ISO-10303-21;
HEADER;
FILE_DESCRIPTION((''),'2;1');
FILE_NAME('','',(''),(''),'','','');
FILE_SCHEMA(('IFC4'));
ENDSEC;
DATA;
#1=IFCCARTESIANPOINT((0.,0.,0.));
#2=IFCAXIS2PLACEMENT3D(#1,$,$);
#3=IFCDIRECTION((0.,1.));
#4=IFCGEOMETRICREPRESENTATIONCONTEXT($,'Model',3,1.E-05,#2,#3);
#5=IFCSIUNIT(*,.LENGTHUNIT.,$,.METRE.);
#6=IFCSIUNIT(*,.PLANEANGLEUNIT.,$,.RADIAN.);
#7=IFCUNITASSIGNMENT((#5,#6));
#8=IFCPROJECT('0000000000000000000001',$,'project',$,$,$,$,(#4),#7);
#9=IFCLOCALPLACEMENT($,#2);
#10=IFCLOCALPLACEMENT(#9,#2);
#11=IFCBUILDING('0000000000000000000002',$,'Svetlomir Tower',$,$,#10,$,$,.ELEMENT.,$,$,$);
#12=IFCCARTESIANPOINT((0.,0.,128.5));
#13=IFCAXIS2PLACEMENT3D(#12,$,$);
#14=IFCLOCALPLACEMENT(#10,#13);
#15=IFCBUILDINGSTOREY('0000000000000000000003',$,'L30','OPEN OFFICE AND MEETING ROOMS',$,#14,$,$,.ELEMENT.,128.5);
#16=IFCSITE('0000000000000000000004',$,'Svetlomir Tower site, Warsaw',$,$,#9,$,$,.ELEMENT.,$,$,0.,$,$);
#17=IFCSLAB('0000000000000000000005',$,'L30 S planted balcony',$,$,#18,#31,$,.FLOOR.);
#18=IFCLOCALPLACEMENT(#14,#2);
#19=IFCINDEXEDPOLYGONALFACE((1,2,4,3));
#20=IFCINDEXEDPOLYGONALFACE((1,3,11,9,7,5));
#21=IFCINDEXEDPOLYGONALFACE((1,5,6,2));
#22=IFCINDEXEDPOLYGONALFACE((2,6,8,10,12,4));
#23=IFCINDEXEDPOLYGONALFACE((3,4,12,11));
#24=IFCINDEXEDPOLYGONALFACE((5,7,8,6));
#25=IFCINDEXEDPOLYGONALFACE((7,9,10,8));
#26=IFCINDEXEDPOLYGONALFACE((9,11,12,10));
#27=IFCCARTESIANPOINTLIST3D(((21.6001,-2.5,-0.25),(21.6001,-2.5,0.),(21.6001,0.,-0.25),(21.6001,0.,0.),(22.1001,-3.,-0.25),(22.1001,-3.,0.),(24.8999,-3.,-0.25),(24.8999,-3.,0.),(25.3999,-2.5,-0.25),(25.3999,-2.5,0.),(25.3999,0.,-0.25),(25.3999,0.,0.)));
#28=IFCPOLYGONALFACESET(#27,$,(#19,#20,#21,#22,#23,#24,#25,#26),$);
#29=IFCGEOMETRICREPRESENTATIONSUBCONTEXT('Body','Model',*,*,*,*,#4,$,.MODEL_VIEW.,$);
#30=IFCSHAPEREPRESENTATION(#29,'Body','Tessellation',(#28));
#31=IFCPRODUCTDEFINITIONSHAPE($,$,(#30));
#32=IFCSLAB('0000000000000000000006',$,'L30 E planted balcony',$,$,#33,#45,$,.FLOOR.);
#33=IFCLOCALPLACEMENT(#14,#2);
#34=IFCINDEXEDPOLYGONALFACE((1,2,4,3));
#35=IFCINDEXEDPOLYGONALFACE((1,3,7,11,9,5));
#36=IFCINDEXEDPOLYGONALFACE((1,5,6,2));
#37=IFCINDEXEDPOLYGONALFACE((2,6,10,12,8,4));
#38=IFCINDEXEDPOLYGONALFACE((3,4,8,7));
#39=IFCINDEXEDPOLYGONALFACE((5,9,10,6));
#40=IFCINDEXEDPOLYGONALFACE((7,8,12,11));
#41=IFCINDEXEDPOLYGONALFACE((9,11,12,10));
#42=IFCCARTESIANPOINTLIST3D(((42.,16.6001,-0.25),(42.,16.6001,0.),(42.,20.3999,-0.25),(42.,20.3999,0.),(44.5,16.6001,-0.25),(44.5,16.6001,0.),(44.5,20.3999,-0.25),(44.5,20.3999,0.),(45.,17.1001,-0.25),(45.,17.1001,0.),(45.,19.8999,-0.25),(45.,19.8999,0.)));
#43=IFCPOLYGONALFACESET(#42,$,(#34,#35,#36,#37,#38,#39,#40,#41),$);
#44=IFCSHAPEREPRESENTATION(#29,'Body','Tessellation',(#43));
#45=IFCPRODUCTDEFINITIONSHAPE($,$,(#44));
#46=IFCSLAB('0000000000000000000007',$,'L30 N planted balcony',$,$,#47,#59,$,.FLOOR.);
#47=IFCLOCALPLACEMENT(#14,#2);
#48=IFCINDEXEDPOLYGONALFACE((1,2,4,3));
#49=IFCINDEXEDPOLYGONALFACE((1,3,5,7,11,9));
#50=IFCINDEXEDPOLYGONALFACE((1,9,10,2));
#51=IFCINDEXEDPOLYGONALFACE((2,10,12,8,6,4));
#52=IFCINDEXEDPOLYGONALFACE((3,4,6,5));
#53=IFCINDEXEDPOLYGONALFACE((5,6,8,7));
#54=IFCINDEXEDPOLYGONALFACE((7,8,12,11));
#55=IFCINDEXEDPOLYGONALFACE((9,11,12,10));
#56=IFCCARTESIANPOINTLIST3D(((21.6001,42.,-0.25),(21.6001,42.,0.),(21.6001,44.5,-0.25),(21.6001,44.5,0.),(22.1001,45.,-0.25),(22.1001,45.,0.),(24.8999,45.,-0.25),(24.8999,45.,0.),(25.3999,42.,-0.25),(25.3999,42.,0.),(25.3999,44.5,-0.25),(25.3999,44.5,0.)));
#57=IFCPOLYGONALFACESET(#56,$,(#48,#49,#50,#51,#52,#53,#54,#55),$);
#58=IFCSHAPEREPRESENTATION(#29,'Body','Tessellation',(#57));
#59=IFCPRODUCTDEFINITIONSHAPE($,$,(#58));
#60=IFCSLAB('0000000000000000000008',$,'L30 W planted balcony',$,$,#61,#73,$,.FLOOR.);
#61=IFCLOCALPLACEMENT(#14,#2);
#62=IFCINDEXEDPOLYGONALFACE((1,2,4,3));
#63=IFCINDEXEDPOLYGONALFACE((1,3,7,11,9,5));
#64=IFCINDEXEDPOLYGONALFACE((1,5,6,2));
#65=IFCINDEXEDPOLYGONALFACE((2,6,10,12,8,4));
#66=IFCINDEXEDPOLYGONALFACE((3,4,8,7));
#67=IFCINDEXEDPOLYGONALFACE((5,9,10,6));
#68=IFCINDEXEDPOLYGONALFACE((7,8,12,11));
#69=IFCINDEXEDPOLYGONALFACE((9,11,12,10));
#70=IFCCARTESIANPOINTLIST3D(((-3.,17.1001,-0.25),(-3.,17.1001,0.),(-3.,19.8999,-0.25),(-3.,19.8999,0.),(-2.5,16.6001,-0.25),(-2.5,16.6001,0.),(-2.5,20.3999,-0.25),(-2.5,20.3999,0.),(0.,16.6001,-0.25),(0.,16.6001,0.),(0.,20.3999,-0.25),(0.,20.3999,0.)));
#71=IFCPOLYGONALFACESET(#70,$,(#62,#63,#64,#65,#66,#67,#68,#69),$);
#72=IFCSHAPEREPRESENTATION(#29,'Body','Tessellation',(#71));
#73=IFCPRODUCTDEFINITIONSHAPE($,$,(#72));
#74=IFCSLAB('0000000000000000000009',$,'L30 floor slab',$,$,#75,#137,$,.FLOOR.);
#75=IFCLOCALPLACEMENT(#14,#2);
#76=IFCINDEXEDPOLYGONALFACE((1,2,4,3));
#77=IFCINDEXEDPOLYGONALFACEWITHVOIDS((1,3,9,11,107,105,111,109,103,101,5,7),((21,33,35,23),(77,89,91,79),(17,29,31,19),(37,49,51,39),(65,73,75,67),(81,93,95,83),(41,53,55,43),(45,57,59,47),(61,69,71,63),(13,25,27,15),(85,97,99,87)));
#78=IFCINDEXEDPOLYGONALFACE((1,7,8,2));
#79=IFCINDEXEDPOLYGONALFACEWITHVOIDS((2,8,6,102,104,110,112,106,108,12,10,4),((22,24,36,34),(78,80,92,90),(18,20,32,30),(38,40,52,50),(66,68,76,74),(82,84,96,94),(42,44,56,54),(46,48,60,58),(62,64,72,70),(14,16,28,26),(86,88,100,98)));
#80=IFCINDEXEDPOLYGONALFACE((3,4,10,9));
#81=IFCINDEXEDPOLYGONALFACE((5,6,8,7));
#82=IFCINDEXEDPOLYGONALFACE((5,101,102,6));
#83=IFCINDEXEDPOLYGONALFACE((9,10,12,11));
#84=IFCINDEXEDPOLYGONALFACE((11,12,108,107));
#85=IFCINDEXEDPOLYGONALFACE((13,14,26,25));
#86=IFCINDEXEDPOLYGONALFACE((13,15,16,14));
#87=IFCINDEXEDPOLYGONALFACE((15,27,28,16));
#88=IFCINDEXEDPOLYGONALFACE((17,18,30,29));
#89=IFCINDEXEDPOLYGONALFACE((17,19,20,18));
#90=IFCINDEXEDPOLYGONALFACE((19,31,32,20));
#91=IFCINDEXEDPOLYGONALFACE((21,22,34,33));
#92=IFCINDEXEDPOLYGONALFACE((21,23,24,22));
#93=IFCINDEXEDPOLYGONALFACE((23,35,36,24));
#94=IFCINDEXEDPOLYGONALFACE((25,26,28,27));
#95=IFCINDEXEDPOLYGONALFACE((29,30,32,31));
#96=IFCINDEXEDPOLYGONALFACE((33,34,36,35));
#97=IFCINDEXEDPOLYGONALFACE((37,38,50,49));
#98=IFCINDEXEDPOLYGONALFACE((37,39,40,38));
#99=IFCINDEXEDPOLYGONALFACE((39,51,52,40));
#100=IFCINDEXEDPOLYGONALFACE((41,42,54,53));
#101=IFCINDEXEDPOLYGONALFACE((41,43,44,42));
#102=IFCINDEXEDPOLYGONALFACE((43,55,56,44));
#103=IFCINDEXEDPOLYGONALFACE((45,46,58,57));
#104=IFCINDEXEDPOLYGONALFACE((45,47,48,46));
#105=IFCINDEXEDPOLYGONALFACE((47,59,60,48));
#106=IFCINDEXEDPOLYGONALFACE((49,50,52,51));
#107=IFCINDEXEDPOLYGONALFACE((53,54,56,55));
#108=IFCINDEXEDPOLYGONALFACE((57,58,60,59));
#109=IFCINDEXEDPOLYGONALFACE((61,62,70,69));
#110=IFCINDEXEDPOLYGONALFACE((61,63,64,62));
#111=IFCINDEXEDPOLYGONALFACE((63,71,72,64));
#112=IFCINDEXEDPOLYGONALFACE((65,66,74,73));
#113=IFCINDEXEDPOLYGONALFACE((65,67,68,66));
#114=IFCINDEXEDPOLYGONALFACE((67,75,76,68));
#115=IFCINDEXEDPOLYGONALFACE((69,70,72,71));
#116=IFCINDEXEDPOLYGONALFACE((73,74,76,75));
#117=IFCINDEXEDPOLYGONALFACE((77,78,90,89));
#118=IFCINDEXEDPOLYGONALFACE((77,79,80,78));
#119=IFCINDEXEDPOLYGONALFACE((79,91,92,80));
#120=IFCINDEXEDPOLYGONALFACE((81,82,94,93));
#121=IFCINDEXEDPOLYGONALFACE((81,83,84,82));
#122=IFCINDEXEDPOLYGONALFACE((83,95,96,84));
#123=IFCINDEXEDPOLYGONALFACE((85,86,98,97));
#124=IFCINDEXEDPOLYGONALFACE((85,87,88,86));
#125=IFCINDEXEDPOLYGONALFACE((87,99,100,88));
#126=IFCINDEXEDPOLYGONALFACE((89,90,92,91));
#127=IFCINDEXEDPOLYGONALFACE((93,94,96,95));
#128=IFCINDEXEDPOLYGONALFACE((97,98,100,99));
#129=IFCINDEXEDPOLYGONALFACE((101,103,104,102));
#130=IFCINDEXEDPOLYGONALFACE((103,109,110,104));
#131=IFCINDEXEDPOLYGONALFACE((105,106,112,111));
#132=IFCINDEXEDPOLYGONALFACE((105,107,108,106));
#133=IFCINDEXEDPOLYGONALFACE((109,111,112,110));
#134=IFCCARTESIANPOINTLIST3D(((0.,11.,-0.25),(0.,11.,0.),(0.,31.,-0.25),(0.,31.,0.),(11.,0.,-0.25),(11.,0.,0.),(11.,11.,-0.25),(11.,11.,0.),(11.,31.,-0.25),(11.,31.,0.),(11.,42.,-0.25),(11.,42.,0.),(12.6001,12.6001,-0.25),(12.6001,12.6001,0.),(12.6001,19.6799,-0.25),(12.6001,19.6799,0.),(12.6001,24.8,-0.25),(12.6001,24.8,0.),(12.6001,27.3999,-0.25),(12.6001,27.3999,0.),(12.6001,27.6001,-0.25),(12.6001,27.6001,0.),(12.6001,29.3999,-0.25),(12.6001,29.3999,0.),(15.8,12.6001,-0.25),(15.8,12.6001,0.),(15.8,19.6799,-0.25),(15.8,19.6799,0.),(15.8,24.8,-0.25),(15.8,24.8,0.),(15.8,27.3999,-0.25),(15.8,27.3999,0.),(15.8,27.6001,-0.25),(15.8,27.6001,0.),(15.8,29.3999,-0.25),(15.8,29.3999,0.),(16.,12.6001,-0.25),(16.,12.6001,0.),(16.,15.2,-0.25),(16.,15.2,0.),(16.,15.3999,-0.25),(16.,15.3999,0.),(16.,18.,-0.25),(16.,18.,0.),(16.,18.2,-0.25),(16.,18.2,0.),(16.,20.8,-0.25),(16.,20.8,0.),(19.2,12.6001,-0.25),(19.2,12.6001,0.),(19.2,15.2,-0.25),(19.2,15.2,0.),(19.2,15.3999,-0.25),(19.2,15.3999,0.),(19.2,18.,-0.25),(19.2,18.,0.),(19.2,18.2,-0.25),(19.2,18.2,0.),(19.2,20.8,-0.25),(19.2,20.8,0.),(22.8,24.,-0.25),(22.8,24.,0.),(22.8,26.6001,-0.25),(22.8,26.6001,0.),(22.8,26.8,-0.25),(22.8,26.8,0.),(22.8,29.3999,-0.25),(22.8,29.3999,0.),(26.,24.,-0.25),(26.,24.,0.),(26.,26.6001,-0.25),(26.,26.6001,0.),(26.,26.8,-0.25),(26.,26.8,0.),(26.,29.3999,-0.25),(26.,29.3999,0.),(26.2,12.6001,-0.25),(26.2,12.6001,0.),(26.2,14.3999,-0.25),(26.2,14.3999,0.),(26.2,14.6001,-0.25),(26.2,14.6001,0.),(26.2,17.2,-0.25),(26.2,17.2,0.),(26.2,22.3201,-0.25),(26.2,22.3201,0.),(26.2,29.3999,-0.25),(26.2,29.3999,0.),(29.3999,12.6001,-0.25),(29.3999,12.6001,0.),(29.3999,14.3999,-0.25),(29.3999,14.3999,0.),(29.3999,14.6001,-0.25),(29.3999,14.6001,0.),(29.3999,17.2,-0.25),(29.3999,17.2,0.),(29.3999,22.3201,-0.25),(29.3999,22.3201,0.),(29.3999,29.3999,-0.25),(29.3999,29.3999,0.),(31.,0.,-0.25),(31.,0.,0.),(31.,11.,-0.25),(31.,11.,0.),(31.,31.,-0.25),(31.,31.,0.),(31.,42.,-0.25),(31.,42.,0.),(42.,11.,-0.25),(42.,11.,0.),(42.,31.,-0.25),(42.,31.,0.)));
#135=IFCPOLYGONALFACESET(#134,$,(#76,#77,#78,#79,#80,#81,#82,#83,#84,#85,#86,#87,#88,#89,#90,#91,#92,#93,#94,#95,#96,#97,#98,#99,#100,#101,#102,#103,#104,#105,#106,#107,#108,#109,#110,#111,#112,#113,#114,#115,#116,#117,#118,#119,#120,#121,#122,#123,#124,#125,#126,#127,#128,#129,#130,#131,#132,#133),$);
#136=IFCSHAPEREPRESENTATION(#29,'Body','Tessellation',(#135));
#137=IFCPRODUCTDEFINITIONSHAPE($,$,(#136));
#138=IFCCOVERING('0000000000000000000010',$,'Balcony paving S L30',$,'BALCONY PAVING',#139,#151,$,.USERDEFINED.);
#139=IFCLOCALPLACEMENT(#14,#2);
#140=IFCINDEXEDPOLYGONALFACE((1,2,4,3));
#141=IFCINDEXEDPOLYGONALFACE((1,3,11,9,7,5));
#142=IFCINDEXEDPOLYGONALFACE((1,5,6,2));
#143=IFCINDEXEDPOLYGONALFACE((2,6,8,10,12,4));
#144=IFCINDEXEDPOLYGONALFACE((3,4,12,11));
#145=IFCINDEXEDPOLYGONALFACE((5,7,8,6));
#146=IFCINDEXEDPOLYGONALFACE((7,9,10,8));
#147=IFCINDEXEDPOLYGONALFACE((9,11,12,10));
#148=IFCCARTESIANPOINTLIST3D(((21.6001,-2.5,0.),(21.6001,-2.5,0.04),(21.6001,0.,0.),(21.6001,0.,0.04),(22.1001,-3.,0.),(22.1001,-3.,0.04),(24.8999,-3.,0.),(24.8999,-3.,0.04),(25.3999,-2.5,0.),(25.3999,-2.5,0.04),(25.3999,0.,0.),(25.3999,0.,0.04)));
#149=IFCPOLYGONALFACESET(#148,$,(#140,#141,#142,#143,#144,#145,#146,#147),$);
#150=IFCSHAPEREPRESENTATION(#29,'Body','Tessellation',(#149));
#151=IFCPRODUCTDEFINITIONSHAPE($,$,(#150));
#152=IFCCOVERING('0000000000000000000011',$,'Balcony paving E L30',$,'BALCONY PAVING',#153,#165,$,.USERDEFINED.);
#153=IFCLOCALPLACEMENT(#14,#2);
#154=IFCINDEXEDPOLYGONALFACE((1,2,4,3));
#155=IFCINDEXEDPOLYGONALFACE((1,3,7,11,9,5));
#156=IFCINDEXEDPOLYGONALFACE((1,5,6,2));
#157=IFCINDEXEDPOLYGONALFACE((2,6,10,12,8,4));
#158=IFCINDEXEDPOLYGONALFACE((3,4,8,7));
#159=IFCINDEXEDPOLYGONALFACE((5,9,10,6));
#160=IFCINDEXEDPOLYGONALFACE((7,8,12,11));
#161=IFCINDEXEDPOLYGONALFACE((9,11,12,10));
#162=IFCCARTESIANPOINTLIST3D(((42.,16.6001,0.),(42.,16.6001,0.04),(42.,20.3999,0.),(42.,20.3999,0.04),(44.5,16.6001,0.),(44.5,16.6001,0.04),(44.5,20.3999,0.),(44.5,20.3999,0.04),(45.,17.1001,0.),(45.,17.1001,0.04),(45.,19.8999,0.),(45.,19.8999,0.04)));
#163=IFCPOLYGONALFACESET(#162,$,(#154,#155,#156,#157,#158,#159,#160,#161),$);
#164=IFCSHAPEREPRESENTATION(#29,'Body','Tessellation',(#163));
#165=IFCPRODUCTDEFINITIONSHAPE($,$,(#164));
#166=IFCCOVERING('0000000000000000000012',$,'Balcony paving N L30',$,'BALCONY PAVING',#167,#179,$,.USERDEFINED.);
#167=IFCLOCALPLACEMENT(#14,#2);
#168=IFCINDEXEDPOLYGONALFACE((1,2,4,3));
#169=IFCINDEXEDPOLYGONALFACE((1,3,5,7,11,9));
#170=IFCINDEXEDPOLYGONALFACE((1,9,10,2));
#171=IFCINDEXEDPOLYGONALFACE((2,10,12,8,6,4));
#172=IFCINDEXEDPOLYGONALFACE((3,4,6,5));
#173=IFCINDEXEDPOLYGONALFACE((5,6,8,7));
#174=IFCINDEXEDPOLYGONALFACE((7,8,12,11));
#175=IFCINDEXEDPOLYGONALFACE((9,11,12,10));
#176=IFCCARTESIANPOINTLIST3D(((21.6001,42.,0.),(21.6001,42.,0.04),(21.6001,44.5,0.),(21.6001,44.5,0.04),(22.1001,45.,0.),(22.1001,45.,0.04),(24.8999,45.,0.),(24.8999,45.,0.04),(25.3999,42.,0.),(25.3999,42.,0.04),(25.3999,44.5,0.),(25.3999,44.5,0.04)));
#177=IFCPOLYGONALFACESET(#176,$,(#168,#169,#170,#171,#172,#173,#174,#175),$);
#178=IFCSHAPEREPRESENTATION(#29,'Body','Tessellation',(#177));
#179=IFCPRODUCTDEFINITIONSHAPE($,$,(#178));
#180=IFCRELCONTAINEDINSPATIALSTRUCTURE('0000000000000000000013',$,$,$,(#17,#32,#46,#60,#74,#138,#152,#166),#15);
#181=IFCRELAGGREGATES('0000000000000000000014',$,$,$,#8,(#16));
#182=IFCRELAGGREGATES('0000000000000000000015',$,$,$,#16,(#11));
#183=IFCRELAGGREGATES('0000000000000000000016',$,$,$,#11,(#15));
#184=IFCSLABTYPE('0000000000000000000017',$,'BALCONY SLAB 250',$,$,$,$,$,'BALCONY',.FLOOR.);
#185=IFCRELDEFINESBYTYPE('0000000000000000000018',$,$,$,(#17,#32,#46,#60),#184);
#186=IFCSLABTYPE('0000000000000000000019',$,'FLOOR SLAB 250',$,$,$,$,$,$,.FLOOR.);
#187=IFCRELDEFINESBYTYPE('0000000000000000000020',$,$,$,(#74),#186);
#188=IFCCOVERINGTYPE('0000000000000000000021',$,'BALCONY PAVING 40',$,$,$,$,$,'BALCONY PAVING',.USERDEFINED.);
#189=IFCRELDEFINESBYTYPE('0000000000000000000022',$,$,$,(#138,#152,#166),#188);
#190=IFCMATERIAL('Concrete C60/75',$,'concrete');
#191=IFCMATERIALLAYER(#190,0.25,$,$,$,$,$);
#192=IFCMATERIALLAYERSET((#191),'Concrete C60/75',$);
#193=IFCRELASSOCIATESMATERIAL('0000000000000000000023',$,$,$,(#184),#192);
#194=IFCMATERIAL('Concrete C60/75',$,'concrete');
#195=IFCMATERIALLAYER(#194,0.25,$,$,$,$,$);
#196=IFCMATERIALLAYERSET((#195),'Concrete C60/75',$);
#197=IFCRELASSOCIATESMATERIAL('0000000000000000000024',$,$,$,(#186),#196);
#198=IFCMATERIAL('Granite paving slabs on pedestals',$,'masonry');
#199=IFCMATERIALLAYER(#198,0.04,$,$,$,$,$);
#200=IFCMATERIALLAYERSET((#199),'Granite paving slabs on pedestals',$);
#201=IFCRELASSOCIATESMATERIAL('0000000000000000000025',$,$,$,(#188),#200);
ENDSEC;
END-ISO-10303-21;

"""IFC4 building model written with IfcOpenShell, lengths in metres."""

from ifc_helpers import new_model, si_unit, direction, frame, origin, place, context, subcontext, project, spatial, polyline, outline, extrude, material, layer, layer_set, type_object, element, save


model = new_model("IFC4")

# Units and contexts
model_context = context("Model", 3, precision=1e-05, world=origin(), true_north=direction((0.0, 1.0)))
body_context = subcontext(model_context, "Body", "Model", "MODEL_VIEW")
ifc_project = project(units=[si_unit("LENGTHUNIT", "METRE"), si_unit("PLANEANGLEUNIT", "RADIAN")], contexts=[model_context])

# Site, building, storey
site_placement = place(None, origin())
site = spatial("IfcSite", under=ifc_project, at=site_placement, Name="Svetlomir Tower site, Warsaw", CompositionType="ELEMENT", RefElevation=0.0)
building_placement = place(site_placement, origin())
building = spatial("IfcBuilding", under=site, at=building_placement, Name="Svetlomir Tower", CompositionType="ELEMENT")
storey_placement = place(building_placement, frame((0.0, 0.0, 128.5)))
storey = spatial("IfcBuildingStorey", under=building, at=storey_placement, Name="L30", Description="OPEN OFFICE AND MEETING ROOMS", CompositionType="ELEMENT", Elevation=128.5)

# Slabs
ifc_material_1 = material(Name="Concrete C60/75", Category="concrete")
ifc_layer_1 = layer(ifc_material_1, 0.25)
ifc_layer_set_1 = layer_set([ifc_layer_1], Name="Concrete C60/75")
slab_type_1 = type_object("IfcSlabType", Name="BALCONY SLAB 250", ElementType="BALCONY", PredefinedType="FLOOR", material=ifc_layer_set_1)
slab_1_placement = place(storey_placement, frame((0.0, 0.0, -0.25)))
element("IfcSlab", 1, at=slab_1_placement, inside=storey, type_object=slab_type_1, Name="L30 S planted balcony", PredefinedType="FLOOR", context=body_context, shape_type="SweptSolid", body=[
    extrude(outline(polyline([(21.6001, -2.5), (22.1001, -3.0), (24.8999, -3.0), (25.3999, -2.5), (25.3999, 0.0), (21.6001, 0.0), (21.6001, -2.5)])), origin(), (0.0, 0.0, 1.0), 0.25),
])
slab_2_placement = place(storey_placement, frame((0.0, 0.0, -0.25)))
element("IfcSlab", 2, at=slab_2_placement, inside=storey, type_object=slab_type_1, Name="L30 E planted balcony", PredefinedType="FLOOR", context=body_context, shape_type="SweptSolid", body=[
    extrude(outline(polyline([(42.0, 16.6001), (44.5, 16.6001), (45.0, 17.1001), (45.0, 19.8999), (44.5, 20.3999), (42.0, 20.3999), (42.0, 16.6001)])), origin(), (0.0, 0.0, 1.0), 0.25),
])
slab_3_placement = place(storey_placement, frame((0.0, 0.0, -0.25)))
element("IfcSlab", 3, at=slab_3_placement, inside=storey, type_object=slab_type_1, Name="L30 N planted balcony", PredefinedType="FLOOR", context=body_context, shape_type="SweptSolid", body=[
    extrude(outline(polyline([(21.6001, 42.0), (25.3999, 42.0), (25.3999, 44.5), (24.8999, 45.0), (22.1001, 45.0), (21.6001, 44.5), (21.6001, 42.0)])), origin(), (0.0, 0.0, 1.0), 0.25),
])
slab_4_placement = place(storey_placement, frame((0.0, 0.0, -0.25)))
element("IfcSlab", 4, at=slab_4_placement, inside=storey, type_object=slab_type_1, Name="L30 W planted balcony", PredefinedType="FLOOR", context=body_context, shape_type="SweptSolid", body=[
    extrude(outline(polyline([(-2.5, 16.6001), (0.0, 16.6001), (0.0, 20.3999), (-2.5, 20.3999), (-3.0, 19.8999), (-3.0, 17.1001), (-2.5, 16.6001)])), origin(), (0.0, 0.0, 1.0), 0.25),
])
ifc_material_2 = material(Name="Concrete C60/75", Category="concrete")
ifc_layer_2 = layer(ifc_material_2, 0.25)
ifc_layer_set_2 = layer_set([ifc_layer_2], Name="Concrete C60/75")
slab_type_2 = type_object("IfcSlabType", Name="FLOOR SLAB 250", PredefinedType="FLOOR", material=ifc_layer_set_2)
slab_5_placement = place(storey_placement, frame((0.0, 0.0, -0.25)))
element("IfcSlab", 5, at=slab_5_placement, inside=storey, type_object=slab_type_2, Name="L30 floor slab", PredefinedType="FLOOR", context=body_context, shape_type="SweptSolid", body=[
    extrude(outline(polyline([(11.0, 0.0), (31.0, 0.0), (31.0, 11.0), (42.0, 11.0), (42.0, 31.0), (31.0, 31.0), (31.0, 42.0), (11.0, 42.0), (11.0, 31.0), (0.0, 31.0), (0.0, 11.0), (11.0, 11.0), (11.0, 0.0)]), holes=[polyline([(12.6001, 24.8), (15.8, 24.8), (15.8, 27.3999), (12.6001, 27.3999), (12.6001, 24.8)]), polyline([(26.2, 14.6001), (29.3999, 14.6001), (29.3999, 17.2), (26.2, 17.2), (26.2, 14.6001)]), polyline([(16.0, 12.6001), (19.2, 12.6001), (19.2, 15.2), (16.0, 15.2), (16.0, 12.6001)]), polyline([(16.0, 15.3999), (19.2, 15.3999), (19.2, 18.0), (16.0, 18.0), (16.0, 15.3999)]), polyline([(16.0, 18.2), (19.2, 18.2), (19.2, 20.8), (16.0, 20.8), (16.0, 18.2)]), polyline([(22.8, 24.0), (26.0, 24.0), (26.0, 26.6001), (22.8, 26.6001), (22.8, 24.0)]), polyline([(22.8, 26.8), (26.0, 26.8), (26.0, 29.3999), (22.8, 29.3999), (22.8, 26.8)]), polyline([(12.6001, 27.6001), (15.8, 27.6001), (15.8, 29.3999), (12.6001, 29.3999), (12.6001, 27.6001)]), polyline([(26.2, 12.6001), (29.3999, 12.6001), (29.3999, 14.3999), (26.2, 14.3999), (26.2, 12.6001)]), polyline([(12.6001, 12.6001), (15.8, 12.6001), (15.8, 19.6799), (12.6001, 19.6799), (12.6001, 12.6001)]), polyline([(26.2, 22.3201), (29.3999, 22.3201), (29.3999, 29.3999), (26.2, 29.3999), (26.2, 22.3201)])]), origin(), (0.0, 0.0, 1.0), 0.25),
])

# Coverings
ifc_material_3 = material(Name="Granite paving slabs on pedestals", Category="masonry")
ifc_layer_3 = layer(ifc_material_3, 0.04)
ifc_layer_set_3 = layer_set([ifc_layer_3], Name="Granite paving slabs on pedestals")
covering_type_1 = type_object("IfcCoveringType", Name="BALCONY PAVING 40", ElementType="BALCONY PAVING", PredefinedType="USERDEFINED", material=ifc_layer_set_3)
covering_1_placement = place(storey_placement, origin())
element("IfcCovering", 6, at=covering_1_placement, inside=storey, type_object=covering_type_1, Name="Balcony paving S L30", ObjectType="BALCONY PAVING", PredefinedType="USERDEFINED", context=body_context, shape_type="SweptSolid", body=[
    extrude(outline(polyline([(21.6001, -2.5), (22.1001, -3.0), (24.8999, -3.0), (25.3999, -2.5), (25.3999, 0.0), (21.6001, 0.0), (21.6001, -2.5)])), origin(), (0.0, 0.0, 1.0), 0.04),
])
covering_2_placement = place(storey_placement, origin())
element("IfcCovering", 7, at=covering_2_placement, inside=storey, type_object=covering_type_1, Name="Balcony paving E L30", ObjectType="BALCONY PAVING", PredefinedType="USERDEFINED", context=body_context, shape_type="SweptSolid", body=[
    extrude(outline(polyline([(42.0, 16.6001), (44.5, 16.6001), (45.0, 17.1001), (45.0, 19.8999), (44.5, 20.3999), (42.0, 20.3999), (42.0, 16.6001)])), origin(), (0.0, 0.0, 1.0), 0.04),
])
covering_3_placement = place(storey_placement, origin())
element("IfcCovering", 8, at=covering_3_placement, inside=storey, type_object=covering_type_1, Name="Balcony paving N L30", ObjectType="BALCONY PAVING", PredefinedType="USERDEFINED", context=body_context, shape_type="SweptSolid", body=[
    extrude(outline(polyline([(21.6001, 42.0), (25.3999, 42.0), (25.3999, 44.5), (24.8999, 45.0), (22.1001, 45.0), (21.6001, 44.5), (21.6001, 42.0)])), origin(), (0.0, 0.0, 1.0), 0.04),
])

save(model, "model.ifc")
